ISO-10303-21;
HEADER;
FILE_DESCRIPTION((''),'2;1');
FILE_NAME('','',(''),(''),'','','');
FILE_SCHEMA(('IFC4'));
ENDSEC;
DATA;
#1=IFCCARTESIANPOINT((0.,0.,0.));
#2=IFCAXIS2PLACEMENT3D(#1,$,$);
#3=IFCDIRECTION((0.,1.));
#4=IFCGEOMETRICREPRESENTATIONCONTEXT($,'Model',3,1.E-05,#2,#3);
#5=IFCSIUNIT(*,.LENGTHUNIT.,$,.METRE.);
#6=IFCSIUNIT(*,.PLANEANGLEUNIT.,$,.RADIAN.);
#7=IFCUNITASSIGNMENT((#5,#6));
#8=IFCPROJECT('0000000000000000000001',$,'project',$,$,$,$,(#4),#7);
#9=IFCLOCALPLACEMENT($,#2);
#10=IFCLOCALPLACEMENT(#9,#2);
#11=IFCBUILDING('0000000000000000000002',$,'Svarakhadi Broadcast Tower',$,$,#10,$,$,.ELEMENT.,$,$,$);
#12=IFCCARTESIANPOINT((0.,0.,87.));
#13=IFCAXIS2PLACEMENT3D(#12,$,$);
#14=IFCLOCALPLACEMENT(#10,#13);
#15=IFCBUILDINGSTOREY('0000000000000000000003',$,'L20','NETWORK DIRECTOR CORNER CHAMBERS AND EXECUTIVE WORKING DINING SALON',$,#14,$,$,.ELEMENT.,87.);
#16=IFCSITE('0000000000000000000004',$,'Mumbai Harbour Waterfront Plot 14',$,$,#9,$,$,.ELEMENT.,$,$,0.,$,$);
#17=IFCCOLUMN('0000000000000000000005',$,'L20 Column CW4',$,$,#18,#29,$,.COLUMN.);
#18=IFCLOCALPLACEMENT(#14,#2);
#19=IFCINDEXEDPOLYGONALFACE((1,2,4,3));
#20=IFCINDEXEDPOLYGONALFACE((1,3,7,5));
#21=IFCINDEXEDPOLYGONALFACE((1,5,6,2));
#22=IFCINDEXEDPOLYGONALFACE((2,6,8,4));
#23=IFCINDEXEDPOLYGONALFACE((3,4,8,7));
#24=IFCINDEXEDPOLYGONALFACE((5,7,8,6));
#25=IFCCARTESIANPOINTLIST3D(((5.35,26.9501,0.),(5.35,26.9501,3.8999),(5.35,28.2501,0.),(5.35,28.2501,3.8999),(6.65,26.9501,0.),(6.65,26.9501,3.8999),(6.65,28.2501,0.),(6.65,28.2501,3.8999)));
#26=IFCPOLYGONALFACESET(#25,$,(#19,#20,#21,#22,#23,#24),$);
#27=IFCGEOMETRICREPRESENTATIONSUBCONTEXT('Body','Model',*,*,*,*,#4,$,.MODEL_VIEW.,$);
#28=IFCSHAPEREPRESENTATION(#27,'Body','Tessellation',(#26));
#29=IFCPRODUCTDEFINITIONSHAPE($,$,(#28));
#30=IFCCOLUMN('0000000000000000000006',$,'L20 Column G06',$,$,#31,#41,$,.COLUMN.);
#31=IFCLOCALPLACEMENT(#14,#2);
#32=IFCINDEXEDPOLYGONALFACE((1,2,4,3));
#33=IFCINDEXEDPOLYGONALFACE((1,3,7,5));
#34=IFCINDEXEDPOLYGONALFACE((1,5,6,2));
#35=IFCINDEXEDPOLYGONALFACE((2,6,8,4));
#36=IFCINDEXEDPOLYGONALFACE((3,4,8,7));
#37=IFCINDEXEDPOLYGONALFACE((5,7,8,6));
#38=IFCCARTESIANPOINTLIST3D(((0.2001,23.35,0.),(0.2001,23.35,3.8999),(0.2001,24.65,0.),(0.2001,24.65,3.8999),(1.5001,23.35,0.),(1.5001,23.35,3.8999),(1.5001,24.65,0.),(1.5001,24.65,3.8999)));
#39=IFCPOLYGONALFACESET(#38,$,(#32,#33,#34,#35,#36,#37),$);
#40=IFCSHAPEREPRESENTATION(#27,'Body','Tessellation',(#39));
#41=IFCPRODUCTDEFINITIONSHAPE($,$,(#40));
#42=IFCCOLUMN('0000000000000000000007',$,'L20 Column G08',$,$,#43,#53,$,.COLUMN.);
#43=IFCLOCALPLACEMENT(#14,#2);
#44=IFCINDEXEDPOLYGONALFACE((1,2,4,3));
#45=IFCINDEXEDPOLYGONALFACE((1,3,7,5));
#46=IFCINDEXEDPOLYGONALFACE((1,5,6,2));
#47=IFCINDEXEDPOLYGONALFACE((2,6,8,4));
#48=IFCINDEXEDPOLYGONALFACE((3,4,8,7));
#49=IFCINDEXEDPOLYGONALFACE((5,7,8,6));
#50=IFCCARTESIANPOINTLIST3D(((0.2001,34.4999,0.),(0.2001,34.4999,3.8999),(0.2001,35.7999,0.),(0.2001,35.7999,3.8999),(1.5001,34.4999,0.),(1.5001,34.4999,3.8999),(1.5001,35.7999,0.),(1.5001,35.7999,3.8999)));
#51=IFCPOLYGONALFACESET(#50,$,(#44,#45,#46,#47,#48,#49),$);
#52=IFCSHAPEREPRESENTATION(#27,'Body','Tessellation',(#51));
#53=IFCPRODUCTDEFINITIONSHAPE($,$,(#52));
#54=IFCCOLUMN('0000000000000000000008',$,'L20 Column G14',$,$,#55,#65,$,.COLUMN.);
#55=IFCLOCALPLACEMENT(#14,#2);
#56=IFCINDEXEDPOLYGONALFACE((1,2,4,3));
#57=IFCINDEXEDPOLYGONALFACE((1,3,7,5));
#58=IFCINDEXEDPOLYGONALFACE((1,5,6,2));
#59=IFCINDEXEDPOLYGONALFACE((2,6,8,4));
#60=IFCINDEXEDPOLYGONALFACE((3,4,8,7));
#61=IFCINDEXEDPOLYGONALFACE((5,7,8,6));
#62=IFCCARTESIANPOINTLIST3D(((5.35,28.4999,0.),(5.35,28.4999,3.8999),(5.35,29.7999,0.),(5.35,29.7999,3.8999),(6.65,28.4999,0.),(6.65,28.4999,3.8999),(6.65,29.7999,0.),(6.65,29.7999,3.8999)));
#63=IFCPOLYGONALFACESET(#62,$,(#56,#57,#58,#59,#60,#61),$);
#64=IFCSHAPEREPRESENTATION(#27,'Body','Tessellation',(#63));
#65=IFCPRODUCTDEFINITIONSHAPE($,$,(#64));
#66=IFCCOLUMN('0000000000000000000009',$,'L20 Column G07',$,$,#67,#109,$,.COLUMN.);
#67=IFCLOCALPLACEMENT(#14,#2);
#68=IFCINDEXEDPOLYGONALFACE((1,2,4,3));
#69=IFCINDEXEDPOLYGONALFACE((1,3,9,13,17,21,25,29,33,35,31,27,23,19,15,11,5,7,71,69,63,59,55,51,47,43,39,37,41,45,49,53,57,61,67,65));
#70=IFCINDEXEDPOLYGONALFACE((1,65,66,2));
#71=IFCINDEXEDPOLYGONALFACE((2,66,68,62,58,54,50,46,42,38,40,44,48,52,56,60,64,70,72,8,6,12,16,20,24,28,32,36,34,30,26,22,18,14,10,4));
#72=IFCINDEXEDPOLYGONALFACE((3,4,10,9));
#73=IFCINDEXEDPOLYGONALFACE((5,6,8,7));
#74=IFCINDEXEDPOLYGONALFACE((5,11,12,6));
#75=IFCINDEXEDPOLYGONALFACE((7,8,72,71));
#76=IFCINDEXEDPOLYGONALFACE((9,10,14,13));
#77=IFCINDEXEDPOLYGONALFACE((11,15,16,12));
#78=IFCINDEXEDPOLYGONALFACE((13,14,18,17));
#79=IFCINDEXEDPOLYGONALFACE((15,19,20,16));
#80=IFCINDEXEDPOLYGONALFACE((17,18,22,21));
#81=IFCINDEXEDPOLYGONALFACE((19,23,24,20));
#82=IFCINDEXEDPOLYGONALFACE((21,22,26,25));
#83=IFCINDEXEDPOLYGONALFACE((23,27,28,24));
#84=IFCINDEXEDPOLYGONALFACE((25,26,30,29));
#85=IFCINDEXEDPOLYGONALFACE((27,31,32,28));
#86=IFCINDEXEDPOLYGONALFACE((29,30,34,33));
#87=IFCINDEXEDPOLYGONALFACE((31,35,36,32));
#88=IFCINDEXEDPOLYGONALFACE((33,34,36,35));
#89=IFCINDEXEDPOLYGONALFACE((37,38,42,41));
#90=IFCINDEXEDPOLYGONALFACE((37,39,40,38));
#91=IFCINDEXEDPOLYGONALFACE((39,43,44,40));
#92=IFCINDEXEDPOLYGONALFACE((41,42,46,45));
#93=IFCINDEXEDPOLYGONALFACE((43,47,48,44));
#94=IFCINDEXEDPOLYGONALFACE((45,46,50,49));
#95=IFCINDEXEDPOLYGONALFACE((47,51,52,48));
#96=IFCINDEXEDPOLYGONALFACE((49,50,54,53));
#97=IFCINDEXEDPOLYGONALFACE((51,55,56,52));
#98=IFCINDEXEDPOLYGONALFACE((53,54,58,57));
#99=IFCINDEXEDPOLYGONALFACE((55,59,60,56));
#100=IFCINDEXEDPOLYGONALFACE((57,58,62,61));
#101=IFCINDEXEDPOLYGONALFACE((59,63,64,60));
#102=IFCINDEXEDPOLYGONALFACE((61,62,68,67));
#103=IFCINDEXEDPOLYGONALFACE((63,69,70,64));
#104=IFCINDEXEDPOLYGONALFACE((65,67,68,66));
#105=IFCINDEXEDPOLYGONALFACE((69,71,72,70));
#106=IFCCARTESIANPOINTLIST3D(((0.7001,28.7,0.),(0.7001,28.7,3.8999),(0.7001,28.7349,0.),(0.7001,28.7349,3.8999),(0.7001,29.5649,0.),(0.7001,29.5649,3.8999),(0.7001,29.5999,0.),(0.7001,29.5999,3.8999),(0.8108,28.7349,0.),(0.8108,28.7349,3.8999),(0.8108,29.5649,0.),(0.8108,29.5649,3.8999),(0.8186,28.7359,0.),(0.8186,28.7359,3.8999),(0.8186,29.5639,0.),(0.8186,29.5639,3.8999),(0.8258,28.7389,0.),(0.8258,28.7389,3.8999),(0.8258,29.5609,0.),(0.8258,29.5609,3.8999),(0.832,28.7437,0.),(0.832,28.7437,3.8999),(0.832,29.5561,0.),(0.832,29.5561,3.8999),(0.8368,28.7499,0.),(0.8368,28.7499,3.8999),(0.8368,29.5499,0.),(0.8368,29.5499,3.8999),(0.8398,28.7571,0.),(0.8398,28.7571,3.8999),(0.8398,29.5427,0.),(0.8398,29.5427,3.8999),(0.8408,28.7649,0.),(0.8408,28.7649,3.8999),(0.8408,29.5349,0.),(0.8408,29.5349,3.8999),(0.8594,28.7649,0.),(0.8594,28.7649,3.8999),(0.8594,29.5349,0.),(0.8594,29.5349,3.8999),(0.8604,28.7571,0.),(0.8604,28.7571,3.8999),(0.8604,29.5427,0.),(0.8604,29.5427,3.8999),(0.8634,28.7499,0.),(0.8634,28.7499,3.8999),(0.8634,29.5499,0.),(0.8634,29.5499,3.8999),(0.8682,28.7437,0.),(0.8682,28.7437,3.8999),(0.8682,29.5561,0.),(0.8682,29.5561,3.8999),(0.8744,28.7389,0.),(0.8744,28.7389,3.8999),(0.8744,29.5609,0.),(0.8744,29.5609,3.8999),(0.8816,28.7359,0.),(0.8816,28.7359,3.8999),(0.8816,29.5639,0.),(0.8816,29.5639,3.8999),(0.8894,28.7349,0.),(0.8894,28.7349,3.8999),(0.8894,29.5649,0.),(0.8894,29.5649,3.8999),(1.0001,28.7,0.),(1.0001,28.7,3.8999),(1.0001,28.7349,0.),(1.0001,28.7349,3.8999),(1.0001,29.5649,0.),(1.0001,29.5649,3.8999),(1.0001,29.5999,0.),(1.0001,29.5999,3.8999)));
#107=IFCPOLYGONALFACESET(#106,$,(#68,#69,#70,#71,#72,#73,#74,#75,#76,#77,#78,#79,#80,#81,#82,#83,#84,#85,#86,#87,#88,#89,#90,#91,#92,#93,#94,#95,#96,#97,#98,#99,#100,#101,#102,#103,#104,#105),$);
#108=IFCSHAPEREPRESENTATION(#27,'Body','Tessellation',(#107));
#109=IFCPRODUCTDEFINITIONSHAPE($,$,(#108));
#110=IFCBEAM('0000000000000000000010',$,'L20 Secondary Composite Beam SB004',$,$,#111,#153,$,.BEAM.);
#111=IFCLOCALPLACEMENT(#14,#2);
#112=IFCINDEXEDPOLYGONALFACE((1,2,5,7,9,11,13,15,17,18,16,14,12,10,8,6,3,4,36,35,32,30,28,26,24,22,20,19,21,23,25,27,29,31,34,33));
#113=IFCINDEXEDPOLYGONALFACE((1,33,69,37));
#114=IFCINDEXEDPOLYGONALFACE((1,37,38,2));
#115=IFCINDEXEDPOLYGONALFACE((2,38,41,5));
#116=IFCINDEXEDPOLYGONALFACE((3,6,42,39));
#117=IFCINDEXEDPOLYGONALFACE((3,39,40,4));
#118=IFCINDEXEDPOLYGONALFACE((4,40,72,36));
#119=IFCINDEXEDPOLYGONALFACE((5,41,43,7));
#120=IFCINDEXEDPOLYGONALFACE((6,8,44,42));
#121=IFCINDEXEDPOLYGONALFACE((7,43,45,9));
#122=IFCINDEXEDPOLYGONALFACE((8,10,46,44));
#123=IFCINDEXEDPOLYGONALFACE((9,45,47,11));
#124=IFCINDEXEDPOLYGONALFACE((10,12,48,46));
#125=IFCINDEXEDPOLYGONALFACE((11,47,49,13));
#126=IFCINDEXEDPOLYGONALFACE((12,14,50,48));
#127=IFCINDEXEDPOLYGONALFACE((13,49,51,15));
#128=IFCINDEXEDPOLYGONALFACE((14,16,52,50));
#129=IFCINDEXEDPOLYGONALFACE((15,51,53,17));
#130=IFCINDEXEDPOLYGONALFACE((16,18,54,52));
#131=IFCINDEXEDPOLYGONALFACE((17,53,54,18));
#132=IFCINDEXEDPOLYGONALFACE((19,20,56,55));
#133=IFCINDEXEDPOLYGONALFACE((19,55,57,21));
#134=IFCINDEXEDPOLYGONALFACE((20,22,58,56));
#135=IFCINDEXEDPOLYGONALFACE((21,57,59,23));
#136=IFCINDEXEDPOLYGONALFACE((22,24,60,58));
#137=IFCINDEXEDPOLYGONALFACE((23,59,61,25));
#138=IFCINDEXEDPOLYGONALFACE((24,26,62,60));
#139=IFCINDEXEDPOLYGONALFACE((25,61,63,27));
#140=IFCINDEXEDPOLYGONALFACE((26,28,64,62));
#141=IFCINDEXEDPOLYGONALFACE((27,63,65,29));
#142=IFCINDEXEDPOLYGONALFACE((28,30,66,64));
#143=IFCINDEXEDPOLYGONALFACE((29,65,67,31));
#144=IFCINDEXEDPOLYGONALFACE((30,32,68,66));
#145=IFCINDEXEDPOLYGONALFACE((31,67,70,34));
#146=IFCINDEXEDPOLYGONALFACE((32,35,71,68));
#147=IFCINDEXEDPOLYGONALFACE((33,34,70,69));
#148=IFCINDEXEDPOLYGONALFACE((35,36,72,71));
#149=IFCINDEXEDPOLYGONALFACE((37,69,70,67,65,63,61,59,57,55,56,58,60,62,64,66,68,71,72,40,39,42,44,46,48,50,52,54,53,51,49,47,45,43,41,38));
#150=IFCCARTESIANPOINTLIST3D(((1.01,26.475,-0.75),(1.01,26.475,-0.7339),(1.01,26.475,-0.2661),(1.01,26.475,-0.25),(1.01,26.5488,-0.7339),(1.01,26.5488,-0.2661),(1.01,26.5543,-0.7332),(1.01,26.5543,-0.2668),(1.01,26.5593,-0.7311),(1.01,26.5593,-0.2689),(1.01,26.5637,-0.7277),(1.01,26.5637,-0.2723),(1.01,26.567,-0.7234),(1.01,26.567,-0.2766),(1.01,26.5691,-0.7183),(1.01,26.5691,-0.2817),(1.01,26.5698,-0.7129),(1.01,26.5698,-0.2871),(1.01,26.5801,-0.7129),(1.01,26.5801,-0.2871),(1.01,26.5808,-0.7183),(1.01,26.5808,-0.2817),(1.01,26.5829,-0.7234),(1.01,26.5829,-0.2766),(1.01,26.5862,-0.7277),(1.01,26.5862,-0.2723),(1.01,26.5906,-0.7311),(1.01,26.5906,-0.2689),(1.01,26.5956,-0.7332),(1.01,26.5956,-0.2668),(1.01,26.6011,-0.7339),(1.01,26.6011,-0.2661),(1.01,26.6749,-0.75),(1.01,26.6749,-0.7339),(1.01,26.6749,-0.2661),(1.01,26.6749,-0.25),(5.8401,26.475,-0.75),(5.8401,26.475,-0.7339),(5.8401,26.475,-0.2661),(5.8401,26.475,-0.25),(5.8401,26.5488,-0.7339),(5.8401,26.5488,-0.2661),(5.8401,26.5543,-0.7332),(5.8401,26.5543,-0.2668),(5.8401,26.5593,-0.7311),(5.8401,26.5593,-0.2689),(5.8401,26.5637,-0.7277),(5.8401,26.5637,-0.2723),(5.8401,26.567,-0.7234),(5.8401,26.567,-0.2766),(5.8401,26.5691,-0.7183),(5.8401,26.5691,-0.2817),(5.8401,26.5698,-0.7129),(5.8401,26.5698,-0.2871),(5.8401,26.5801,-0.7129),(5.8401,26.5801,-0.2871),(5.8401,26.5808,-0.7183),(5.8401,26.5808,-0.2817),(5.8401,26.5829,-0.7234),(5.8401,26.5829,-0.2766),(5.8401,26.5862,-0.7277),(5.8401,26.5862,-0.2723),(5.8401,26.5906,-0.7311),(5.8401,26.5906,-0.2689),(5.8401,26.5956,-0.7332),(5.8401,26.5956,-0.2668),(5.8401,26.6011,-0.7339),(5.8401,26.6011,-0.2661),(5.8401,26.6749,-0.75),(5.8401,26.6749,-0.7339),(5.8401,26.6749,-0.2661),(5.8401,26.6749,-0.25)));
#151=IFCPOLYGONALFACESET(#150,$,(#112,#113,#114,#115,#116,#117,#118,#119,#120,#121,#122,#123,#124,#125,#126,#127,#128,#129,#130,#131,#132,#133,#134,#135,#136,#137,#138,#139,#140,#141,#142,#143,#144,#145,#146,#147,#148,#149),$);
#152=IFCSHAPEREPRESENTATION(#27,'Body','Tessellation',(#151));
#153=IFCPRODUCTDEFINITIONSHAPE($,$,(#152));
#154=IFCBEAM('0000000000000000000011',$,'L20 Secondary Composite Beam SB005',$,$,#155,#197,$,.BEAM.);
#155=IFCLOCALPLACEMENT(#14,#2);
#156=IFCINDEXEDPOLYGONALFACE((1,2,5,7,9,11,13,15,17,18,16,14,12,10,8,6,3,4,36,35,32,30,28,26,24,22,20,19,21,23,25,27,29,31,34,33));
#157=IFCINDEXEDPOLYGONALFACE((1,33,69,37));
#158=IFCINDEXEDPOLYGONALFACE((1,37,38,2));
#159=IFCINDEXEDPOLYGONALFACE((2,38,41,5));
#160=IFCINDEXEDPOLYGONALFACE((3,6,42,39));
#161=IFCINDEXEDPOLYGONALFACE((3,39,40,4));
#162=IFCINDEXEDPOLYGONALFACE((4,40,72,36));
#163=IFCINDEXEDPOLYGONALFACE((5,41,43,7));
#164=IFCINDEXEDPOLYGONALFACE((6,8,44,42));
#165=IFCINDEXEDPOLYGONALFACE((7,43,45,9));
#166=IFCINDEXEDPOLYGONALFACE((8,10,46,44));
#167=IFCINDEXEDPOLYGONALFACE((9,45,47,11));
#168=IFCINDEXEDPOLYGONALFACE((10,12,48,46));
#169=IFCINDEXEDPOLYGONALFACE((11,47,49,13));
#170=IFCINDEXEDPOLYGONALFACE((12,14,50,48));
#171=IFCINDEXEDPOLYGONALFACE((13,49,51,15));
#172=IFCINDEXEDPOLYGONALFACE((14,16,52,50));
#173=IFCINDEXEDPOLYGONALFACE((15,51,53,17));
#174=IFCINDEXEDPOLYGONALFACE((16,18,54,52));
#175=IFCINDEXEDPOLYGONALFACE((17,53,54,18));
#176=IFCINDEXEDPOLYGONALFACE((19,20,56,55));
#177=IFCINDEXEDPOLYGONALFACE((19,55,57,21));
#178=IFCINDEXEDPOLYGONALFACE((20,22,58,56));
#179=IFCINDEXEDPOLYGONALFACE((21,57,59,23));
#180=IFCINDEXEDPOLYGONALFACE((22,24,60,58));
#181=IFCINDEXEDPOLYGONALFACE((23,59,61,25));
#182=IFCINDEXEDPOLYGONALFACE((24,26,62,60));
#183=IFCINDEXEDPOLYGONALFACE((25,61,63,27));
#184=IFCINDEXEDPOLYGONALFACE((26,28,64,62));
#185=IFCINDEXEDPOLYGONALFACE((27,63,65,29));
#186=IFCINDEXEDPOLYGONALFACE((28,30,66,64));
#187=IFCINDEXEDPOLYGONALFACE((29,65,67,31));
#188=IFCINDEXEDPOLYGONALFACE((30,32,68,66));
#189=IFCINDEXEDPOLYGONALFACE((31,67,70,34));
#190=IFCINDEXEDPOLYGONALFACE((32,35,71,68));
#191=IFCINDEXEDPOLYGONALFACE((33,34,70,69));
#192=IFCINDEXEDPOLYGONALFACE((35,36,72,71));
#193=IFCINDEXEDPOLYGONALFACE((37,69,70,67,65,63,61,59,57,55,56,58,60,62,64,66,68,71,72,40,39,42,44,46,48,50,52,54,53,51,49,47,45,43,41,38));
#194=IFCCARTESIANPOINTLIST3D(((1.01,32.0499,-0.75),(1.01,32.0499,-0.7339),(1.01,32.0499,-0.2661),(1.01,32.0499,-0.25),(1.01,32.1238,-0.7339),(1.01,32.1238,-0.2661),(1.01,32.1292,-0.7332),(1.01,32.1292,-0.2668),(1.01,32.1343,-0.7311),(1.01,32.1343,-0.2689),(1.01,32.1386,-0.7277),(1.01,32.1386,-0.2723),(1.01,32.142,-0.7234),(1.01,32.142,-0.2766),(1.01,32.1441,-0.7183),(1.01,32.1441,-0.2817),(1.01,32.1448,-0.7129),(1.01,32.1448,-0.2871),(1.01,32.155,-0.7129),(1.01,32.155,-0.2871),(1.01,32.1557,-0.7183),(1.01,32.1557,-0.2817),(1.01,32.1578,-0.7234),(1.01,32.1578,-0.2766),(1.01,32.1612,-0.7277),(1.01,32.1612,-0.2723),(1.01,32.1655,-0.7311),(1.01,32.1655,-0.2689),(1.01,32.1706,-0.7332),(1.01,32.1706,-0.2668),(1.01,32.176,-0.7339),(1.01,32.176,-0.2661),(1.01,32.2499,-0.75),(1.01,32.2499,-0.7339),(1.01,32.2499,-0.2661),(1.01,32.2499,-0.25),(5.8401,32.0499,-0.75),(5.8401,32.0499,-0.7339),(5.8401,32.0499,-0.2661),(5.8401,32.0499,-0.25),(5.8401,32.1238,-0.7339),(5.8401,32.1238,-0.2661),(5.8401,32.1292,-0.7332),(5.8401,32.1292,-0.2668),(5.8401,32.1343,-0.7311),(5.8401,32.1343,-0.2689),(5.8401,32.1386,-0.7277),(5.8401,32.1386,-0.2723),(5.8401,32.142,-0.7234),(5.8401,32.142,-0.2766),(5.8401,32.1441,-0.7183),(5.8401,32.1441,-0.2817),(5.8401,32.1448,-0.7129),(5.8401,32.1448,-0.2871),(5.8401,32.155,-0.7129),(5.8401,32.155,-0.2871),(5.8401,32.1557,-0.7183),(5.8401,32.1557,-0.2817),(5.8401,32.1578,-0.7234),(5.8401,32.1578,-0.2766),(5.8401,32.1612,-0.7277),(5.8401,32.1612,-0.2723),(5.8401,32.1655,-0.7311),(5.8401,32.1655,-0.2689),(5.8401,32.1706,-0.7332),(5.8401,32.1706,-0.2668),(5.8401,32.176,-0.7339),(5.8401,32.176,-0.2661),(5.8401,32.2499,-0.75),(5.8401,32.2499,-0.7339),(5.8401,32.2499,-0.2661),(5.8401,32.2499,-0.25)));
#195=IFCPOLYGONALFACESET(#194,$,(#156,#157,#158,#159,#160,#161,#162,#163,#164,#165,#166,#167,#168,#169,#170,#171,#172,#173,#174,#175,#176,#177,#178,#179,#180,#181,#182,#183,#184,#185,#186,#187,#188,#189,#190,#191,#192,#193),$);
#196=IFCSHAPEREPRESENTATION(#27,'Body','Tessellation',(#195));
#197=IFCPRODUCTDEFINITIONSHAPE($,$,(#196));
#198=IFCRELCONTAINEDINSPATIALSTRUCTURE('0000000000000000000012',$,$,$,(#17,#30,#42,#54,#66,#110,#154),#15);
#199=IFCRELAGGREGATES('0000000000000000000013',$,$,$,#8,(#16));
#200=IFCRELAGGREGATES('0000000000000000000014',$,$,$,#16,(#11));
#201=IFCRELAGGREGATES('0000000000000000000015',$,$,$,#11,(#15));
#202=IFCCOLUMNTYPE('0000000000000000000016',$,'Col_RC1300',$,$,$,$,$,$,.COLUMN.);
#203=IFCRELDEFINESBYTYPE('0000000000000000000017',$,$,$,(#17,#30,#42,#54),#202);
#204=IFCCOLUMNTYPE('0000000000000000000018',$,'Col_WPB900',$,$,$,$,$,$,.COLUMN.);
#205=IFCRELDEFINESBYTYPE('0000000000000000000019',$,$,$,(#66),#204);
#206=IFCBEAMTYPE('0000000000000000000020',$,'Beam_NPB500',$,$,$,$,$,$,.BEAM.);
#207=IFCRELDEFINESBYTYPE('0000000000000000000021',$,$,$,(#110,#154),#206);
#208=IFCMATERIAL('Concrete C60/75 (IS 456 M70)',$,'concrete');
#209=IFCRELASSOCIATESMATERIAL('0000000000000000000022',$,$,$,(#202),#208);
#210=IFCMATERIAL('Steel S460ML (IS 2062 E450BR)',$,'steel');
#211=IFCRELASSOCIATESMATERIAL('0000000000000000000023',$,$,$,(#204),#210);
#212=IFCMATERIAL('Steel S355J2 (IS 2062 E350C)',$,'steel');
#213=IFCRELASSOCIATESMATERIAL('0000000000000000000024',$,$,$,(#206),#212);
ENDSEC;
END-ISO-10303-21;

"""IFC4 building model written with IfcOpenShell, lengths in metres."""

from ifc_helpers import new_model, si_unit, direction, frame, origin, origin_2d, place, context, subcontext, project, spatial, rectangle, i_section, extrude, material, material_profile, profile_set, type_object, element, save


model = new_model("IFC4")

# Units and contexts
model_context = context("Model", 3, precision=1e-05, world=origin(), true_north=direction((0.0, 1.0)))
body_context = subcontext(model_context, "Body", "Model", "MODEL_VIEW")
ifc_project = project(units=[si_unit("LENGTHUNIT", "METRE"), si_unit("PLANEANGLEUNIT", "RADIAN")], contexts=[model_context])

# Site, building, storey
site_placement = place(None, origin())
site = spatial("IfcSite", under=ifc_project, at=site_placement, Name="Mumbai Harbour Waterfront Plot 14", CompositionType="ELEMENT", RefElevation=0.0)
building_placement = place(site_placement, origin())
building = spatial("IfcBuilding", under=site, at=building_placement, Name="Svarakhadi Broadcast Tower", CompositionType="ELEMENT")
storey_placement = place(building_placement, frame((0.0, 0.0, 87.0)))
storey = spatial("IfcBuildingStorey", under=building, at=storey_placement, Name="L20", Description="NETWORK DIRECTOR CORNER CHAMBERS AND EXECUTIVE WORKING DINING SALON", CompositionType="ELEMENT", Elevation=87.0)

# Columns
ifc_material_1 = material(Name="Concrete C60/75 (IS 456 M70)", Category="concrete")
ifc_material_profile_1 = material_profile(ifc_material_1, rectangle(XDim=1.3, YDim=1.3, at=origin_2d()), Name="RC 1300x1300")
ifc_profile_set_1 = profile_set([ifc_material_profile_1], Name="Concrete C60/75 (IS 456 M70)")
column_type_1 = type_object("IfcColumnType", Name="Col_RC1300", PredefinedType="COLUMN", material=ifc_profile_set_1)
for number, where, z_axis, x_axis, name in (
    (1, (6.0, 27.6001, 0.0), (0.0, 0.0, 1.0), (1.0, 0.0, 0.0), "L20 Column CW4"),
    (2, (0.8501, 24.0, 0.0), (0.0, 0.0, 1.0), (1.0, 0.0, 0.0), "L20 Column G06"),
    (3, (0.8501, 35.1499, 0.0), (0.0, 0.0, 1.0), (1.0, 0.0, 0.0), "L20 Column G08"),
    (4, (6.0, 29.1499, 0.0), (0.0, 0.0, 1.0), (1.0, 0.0, 0.0), "L20 Column G14"),
):
    element("IfcColumn", number, at=place(storey_placement, frame(where, z_axis=z_axis, x_axis=x_axis)), inside=storey, type_object=column_type_1, Name=name, PredefinedType="COLUMN", context=body_context, shape_type="SweptSolid", body=[
        extrude(rectangle(XDim=1.3, YDim=1.3, at=origin_2d()), origin(), (0.0, 0.0, 1.0), 3.8999),
    ])
ifc_material_2 = material(Name="Steel S460ML (IS 2062 E450BR)", Category="steel")
ifc_material_profile_2 = material_profile(ifc_material_2, i_section(OverallWidth=0.3, OverallDepth=0.8999, WebThickness=0.0186, FlangeThickness=0.0349, FilletRadius=0.03, at=origin_2d()), Name="WPB 900x300x291")
ifc_profile_set_2 = profile_set([ifc_material_profile_2], Name="Steel S460ML (IS 2062 E450BR)")
column_type_2 = type_object("IfcColumnType", Name="Col_WPB900", PredefinedType="COLUMN", material=ifc_profile_set_2)
column_placement = place(storey_placement, frame((0.8501, 29.1499, 0.0), z_axis=(0.0, 0.0, 1.0), x_axis=(1.0, 0.0, 0.0)))
element("IfcColumn", 5, at=column_placement, inside=storey, type_object=column_type_2, Name="L20 Column G07", PredefinedType="COLUMN", context=body_context, shape_type="SweptSolid", body=[
    extrude(i_section(OverallWidth=0.3, OverallDepth=0.8999, WebThickness=0.0186, FlangeThickness=0.0349, FilletRadius=0.03, at=origin_2d()), origin(), (0.0, 0.0, 1.0), 3.8999),
])

# Beams
ifc_material_3 = material(Name="Steel S355J2 (IS 2062 E350C)", Category="steel")
ifc_material_profile_3 = material_profile(ifc_material_3, i_section(OverallWidth=0.2, OverallDepth=0.5, WebThickness=0.0103, FlangeThickness=0.0161, FilletRadius=0.021, at=origin_2d()), Name="NPB 500x200x91")
ifc_profile_set_3 = profile_set([ifc_material_profile_3], Name="Steel S355J2 (IS 2062 E350C)")
beam_type_1 = type_object("IfcBeamType", Name="Beam_NPB500", PredefinedType="BEAM", material=ifc_profile_set_3)
for number, where, z_axis, x_axis, name in (
    (6, (1.01, 26.575, -0.5), (1.0, 0.0, 0.0), (0.0, 1.0, 0.0), "L20 Secondary Composite Beam SB004"),
    (7, (1.01, 32.1499, -0.5), (1.0, 0.0, 0.0), (0.0, 1.0, 0.0), "L20 Secondary Composite Beam SB005"),
):
    element("IfcBeam", number, at=place(storey_placement, frame(where, z_axis=z_axis, x_axis=x_axis)), inside=storey, type_object=beam_type_1, Name=name, PredefinedType="BEAM", context=body_context, shape_type="SweptSolid", body=[
        extrude(i_section(OverallWidth=0.2, OverallDepth=0.5, WebThickness=0.0103, FlangeThickness=0.0161, FilletRadius=0.021, at=origin_2d()), origin(), (0.0, 0.0, 1.0), 4.8301),
    ])

save(model, "model.ifc")
